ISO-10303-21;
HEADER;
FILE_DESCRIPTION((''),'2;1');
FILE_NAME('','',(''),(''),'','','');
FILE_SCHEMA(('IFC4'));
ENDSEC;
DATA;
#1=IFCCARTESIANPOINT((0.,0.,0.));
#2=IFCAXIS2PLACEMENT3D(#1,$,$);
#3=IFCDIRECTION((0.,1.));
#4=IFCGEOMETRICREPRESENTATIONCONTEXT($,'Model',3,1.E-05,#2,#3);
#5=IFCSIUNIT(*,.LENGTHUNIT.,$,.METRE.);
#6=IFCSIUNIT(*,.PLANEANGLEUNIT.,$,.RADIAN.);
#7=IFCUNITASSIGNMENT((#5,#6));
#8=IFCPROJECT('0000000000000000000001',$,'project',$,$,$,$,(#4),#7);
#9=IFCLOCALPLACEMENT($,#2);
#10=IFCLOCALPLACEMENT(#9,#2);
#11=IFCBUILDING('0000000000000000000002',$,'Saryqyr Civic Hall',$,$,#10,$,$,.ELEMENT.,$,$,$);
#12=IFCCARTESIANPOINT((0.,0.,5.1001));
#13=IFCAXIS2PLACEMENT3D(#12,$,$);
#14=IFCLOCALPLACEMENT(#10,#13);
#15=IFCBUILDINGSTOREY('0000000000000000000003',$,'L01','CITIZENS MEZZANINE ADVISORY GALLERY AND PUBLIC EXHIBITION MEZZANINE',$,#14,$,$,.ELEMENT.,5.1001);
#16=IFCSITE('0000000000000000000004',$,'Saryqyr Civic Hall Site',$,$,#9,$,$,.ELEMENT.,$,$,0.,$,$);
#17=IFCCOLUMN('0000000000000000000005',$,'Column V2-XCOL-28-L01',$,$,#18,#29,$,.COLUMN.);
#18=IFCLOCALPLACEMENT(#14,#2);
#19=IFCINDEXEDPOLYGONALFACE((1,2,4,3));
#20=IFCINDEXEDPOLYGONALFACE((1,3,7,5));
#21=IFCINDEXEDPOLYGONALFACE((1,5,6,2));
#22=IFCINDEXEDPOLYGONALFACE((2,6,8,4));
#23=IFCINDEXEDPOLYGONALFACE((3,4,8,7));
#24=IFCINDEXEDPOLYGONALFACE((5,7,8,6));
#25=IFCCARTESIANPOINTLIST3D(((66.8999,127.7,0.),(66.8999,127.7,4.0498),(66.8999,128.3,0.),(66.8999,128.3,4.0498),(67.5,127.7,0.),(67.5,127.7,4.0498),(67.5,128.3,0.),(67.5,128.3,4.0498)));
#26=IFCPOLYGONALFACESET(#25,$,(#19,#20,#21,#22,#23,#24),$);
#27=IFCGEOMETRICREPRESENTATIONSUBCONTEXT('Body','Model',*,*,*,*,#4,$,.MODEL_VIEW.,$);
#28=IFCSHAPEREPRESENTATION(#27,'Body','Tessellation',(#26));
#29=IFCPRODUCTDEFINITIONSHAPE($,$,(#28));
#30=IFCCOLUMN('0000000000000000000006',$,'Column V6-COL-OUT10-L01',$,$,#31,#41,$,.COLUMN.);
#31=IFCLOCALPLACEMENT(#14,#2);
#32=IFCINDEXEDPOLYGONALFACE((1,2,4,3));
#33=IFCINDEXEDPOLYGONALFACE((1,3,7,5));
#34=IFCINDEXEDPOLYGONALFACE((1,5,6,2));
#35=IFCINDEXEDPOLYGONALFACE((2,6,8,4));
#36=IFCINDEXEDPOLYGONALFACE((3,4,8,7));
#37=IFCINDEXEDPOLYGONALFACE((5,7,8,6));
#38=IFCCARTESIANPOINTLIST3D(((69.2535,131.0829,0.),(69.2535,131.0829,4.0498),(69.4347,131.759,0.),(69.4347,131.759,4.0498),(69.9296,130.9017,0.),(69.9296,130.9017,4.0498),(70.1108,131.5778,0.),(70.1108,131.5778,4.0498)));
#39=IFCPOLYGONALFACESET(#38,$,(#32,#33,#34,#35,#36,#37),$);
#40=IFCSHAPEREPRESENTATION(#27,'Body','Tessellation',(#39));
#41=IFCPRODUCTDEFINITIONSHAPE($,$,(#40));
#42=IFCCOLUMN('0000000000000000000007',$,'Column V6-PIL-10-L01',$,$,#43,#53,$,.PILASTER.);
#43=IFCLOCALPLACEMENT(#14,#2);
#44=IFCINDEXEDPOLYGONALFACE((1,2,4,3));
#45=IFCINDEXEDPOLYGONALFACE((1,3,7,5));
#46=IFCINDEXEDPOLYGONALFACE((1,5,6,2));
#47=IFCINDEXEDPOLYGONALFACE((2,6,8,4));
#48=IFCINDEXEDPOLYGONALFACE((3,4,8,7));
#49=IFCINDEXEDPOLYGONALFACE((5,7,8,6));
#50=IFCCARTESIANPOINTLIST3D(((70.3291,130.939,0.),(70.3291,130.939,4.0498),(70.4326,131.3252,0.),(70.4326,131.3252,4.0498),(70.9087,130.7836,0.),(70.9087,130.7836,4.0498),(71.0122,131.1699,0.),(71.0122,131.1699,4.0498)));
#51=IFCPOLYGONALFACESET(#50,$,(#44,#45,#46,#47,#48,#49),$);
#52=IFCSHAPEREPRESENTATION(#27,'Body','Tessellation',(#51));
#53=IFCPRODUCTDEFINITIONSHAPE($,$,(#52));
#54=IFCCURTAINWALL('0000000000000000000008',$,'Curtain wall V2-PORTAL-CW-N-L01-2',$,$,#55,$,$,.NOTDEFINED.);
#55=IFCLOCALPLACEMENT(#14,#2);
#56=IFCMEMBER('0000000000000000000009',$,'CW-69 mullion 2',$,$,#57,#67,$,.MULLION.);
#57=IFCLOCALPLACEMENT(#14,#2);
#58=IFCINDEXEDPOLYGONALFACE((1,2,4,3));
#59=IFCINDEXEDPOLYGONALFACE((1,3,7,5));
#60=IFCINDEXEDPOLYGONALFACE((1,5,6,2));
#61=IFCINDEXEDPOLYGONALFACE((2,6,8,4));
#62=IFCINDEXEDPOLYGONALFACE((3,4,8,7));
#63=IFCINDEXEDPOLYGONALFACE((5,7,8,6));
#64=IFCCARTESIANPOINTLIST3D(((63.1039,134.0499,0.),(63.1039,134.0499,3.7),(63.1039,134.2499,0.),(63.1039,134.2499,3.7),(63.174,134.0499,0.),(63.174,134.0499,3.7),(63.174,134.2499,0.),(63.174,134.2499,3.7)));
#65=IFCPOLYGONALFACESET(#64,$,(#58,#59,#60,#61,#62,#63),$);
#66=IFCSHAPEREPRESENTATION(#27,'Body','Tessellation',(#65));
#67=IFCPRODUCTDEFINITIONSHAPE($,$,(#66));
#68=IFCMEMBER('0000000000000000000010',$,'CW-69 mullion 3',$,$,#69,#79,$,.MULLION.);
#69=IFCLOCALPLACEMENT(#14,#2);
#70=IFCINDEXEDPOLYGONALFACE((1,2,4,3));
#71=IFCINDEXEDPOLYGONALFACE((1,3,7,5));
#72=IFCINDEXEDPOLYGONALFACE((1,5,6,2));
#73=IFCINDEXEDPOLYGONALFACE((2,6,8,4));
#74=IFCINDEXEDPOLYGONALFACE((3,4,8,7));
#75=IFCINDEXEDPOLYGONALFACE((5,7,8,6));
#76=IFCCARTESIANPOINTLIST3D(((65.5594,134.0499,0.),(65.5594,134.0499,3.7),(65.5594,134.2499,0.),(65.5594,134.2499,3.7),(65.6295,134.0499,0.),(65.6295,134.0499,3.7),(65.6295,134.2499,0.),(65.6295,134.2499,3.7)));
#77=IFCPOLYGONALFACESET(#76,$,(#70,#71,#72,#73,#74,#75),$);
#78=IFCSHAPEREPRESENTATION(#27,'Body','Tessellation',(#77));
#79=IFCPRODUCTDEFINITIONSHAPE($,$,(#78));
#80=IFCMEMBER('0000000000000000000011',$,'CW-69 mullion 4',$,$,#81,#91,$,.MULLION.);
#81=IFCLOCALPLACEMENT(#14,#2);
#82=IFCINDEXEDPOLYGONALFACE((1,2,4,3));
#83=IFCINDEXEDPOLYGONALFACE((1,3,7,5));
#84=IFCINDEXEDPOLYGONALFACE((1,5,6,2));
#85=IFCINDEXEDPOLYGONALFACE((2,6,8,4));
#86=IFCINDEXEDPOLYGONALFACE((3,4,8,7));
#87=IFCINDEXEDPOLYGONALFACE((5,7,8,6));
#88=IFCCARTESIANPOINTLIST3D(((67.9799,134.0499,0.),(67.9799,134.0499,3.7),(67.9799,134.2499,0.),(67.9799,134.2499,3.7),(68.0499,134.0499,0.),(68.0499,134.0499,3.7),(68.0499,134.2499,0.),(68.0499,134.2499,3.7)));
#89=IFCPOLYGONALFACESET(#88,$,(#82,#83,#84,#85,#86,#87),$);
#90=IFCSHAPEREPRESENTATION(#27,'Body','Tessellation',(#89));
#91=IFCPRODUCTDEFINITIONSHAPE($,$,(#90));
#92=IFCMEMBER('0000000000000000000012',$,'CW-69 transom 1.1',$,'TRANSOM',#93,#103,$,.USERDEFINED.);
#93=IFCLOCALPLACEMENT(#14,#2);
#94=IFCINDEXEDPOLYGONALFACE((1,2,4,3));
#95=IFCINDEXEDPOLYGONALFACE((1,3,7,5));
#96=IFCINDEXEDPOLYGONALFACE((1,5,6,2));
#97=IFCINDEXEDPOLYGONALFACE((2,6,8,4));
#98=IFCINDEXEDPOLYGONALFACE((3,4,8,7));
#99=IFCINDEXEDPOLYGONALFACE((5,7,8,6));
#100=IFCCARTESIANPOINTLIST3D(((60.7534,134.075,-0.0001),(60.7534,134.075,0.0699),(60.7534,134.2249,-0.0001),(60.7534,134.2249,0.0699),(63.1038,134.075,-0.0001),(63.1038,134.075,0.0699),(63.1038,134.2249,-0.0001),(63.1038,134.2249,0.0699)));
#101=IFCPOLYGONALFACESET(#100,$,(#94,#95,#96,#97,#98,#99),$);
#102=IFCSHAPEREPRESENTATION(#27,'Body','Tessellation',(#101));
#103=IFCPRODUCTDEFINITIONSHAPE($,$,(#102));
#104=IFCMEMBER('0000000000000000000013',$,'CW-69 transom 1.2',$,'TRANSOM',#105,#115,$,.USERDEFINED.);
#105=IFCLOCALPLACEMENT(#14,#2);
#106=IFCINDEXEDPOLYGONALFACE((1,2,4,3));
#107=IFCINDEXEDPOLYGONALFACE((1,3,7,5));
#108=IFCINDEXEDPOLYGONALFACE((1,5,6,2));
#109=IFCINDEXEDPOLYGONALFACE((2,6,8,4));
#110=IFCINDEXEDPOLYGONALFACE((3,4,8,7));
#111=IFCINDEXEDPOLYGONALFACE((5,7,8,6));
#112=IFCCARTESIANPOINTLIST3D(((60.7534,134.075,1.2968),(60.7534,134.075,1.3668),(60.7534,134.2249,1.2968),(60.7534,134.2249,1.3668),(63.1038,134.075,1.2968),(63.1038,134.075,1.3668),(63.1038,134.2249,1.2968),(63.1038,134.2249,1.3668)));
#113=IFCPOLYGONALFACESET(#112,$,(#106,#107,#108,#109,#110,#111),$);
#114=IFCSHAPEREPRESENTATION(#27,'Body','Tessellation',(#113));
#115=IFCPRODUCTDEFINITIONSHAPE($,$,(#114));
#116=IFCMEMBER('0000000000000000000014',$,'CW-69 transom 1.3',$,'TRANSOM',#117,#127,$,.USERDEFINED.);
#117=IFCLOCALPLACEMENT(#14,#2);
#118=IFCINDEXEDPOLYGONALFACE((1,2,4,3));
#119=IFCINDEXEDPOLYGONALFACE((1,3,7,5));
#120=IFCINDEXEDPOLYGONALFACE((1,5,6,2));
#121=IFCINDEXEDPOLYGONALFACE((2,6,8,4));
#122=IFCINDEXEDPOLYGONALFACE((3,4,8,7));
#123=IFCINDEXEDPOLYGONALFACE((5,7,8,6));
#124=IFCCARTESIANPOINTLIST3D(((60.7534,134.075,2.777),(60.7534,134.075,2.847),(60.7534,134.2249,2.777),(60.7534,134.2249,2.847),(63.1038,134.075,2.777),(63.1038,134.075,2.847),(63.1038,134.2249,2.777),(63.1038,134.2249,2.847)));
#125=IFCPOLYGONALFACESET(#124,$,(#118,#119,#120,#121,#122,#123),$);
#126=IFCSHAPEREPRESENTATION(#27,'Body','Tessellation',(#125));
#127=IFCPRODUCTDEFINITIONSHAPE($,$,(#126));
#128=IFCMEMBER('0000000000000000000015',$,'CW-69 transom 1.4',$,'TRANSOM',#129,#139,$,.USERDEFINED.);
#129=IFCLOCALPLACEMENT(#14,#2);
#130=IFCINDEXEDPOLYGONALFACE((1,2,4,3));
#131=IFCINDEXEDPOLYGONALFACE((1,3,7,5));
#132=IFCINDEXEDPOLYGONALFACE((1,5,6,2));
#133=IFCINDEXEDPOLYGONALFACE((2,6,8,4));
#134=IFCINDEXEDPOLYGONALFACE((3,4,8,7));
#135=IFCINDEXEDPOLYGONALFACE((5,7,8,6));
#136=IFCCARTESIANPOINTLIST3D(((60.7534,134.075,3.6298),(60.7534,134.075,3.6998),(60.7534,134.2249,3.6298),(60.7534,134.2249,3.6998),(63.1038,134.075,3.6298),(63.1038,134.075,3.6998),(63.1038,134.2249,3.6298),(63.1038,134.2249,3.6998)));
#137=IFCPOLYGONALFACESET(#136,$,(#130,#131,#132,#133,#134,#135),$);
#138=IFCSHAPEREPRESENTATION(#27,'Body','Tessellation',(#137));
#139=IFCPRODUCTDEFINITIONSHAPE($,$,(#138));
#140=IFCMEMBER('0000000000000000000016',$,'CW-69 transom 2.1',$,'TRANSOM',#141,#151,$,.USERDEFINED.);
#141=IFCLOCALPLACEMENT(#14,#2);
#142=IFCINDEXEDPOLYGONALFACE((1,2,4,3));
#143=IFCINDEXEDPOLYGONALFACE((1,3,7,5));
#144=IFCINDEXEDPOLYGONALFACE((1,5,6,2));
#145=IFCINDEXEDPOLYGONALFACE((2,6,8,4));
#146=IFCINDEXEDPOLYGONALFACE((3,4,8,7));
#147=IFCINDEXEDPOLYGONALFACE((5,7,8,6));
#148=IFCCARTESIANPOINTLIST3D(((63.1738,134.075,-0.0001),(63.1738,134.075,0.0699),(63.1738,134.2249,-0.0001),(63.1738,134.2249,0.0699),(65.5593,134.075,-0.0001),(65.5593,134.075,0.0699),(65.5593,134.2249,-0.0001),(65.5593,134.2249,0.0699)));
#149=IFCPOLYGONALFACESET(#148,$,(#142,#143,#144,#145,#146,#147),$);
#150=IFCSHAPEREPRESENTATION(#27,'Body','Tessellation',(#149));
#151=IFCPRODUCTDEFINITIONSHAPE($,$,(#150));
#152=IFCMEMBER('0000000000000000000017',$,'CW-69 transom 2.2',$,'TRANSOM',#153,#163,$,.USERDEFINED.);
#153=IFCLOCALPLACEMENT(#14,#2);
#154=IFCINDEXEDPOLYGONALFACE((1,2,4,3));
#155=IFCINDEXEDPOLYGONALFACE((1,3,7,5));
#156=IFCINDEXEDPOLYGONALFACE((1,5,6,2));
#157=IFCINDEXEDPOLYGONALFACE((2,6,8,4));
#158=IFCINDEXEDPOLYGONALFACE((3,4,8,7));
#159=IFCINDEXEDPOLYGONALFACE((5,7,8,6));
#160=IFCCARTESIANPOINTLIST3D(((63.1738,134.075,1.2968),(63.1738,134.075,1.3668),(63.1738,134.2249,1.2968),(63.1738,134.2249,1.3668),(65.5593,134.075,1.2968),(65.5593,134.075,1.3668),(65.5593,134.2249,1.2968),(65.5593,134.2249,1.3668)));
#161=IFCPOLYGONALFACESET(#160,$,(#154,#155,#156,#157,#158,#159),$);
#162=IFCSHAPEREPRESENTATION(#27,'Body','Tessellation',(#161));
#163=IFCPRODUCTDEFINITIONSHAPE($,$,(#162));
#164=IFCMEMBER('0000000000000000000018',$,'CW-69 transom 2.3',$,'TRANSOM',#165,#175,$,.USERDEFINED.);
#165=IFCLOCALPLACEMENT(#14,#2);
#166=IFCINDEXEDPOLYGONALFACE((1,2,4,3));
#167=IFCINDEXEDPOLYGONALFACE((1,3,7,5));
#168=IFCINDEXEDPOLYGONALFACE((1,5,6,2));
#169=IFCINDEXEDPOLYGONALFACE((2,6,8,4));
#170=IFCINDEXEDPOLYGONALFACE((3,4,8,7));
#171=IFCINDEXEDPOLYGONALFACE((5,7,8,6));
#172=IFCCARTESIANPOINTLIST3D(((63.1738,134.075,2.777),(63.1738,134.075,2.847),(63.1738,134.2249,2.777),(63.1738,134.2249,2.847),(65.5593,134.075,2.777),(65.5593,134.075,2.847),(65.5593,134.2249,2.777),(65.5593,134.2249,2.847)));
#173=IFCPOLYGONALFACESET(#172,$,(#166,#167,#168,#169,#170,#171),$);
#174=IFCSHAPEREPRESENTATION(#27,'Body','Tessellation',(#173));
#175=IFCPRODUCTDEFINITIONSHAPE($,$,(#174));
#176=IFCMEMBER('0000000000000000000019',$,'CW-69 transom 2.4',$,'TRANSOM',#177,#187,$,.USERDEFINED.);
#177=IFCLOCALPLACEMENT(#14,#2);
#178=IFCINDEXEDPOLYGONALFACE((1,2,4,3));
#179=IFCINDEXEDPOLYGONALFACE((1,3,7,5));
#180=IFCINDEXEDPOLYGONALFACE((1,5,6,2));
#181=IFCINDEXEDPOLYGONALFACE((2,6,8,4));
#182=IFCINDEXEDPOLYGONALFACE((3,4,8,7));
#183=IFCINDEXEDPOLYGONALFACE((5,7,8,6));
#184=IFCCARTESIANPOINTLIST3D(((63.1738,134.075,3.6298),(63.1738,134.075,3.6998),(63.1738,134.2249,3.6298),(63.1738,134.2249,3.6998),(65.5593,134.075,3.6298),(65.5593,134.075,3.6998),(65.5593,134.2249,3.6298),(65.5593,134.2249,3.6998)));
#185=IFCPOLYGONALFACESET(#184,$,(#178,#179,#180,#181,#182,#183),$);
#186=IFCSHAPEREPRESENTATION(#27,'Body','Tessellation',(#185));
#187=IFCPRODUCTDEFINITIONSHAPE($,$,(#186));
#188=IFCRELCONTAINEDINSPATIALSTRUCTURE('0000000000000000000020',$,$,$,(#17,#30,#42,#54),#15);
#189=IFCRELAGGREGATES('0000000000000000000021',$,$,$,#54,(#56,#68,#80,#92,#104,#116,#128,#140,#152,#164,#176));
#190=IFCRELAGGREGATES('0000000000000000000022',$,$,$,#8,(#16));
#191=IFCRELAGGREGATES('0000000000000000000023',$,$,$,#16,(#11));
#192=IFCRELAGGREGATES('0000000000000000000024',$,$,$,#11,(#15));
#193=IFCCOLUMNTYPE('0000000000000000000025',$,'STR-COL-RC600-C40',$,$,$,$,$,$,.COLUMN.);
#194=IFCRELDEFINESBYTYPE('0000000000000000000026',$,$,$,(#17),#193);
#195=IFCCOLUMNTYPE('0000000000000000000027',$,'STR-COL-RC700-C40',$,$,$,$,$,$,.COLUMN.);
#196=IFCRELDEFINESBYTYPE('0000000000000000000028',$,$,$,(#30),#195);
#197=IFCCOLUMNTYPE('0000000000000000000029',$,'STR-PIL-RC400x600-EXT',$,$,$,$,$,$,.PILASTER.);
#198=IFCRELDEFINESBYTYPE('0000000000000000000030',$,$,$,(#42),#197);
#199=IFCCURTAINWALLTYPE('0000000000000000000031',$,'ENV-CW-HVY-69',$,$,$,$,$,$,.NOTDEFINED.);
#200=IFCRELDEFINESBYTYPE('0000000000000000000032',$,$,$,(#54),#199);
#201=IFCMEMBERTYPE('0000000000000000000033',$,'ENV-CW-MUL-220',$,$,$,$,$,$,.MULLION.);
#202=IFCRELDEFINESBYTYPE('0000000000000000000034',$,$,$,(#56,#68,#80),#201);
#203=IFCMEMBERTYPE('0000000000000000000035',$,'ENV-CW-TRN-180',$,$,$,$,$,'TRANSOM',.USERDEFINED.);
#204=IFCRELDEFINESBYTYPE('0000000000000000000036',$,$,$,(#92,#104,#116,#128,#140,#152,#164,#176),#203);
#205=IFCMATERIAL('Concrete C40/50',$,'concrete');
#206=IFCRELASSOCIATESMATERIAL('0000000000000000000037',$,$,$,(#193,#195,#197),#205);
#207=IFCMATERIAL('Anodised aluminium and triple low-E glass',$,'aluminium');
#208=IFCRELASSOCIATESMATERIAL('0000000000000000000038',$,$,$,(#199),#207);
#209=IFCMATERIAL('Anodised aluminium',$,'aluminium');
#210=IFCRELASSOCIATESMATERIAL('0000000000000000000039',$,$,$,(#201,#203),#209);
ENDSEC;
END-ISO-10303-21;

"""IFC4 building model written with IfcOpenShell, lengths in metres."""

from ifc_helpers import new_model, si_unit, direction, frame, origin, origin_2d, place, context, subcontext, project, spatial, rectangle, extrude, material, material_profile, profile_set, type_object, element, aggregate, save


model = new_model("IFC4")

# Units and contexts
model_context = context("Model", 3, precision=1e-05, world=origin(), true_north=direction((0.0, 1.0)))
body_context = subcontext(model_context, "Body", "Model", "MODEL_VIEW")
ifc_project = project(units=[si_unit("LENGTHUNIT", "METRE"), si_unit("PLANEANGLEUNIT", "RADIAN")], contexts=[model_context])

# Site, building, storey
site_placement = place(None, origin())
site = spatial("IfcSite", under=ifc_project, at=site_placement, Name="Saryqyr Civic Hall Site", CompositionType="ELEMENT", RefElevation=0.0)
building_placement = place(site_placement, origin())
building = spatial("IfcBuilding", under=site, at=building_placement, Name="Saryqyr Civic Hall", CompositionType="ELEMENT")
storey_placement = place(building_placement, frame((0.0, 0.0, 5.1001)))
storey = spatial("IfcBuildingStorey", under=building, at=storey_placement, Name="L01", Description="CITIZENS MEZZANINE ADVISORY GALLERY AND PUBLIC EXHIBITION MEZZANINE", CompositionType="ELEMENT", Elevation=5.1001)

# Columns
ifc_material_1 = material(Name="Concrete C40/50", Category="concrete")
ifc_material_profile_1 = material_profile(ifc_material_1, rectangle(XDim=0.6001, YDim=0.6001, at=origin_2d()), Name="RC 600x600")
ifc_profile_set_1 = profile_set([ifc_material_profile_1], Name="Concrete C40/50")
column_type_1 = type_object("IfcColumnType", Name="STR-COL-RC600-C40", PredefinedType="COLUMN", material=ifc_profile_set_1)
column_1_placement = place(storey_placement, frame((67.2, 128.0, 0.0), z_axis=(0.0, 0.0, 1.0), x_axis=(1.0, 0.0, 0.0)))
element("IfcColumn", 1, at=column_1_placement, inside=storey, type_object=column_type_1, Name="Column V2-XCOL-28-L01", PredefinedType="COLUMN", context=body_context, shape_type="SweptSolid", body=[
    extrude(rectangle(XDim=0.6001, YDim=0.6001, at=origin_2d()), origin(), (0.0, 0.0, 1.0), 4.0498),
])
ifc_material_profile_2 = material_profile(ifc_material_1, rectangle(XDim=0.7, YDim=0.7, at=origin_2d()), Name="RC 700x700")
ifc_profile_set_2 = profile_set([ifc_material_profile_2], Name="Concrete C40/50")
column_type_2 = type_object("IfcColumnType", Name="STR-COL-RC700-C40", PredefinedType="COLUMN", material=ifc_profile_set_2)
column_2_placement = place(storey_placement, frame((69.6821, 131.3303, 0.0), z_axis=(0.0, 0.0, 1.0), x_axis=(0.258819, 0.965926, 0.0)))
element("IfcColumn", 2, at=column_2_placement, inside=storey, type_object=column_type_2, Name="Column V6-COL-OUT10-L01", PredefinedType="COLUMN", context=body_context, shape_type="SweptSolid", body=[
    extrude(rectangle(XDim=0.7, YDim=0.7, at=origin_2d()), origin(), (0.0, 0.0, 1.0), 4.0498),
])
ifc_material_profile_3 = material_profile(ifc_material_1, rectangle(XDim=0.3999, YDim=0.6001, at=origin_2d()), Name="RC 400x600")
ifc_profile_set_3 = profile_set([ifc_material_profile_3], Name="Concrete C40/50")
column_type_3 = type_object("IfcColumnType", Name="STR-PIL-RC400x600-EXT", PredefinedType="PILASTER", material=ifc_profile_set_3)
column_3_placement = place(storey_placement, frame((70.6707, 131.0544, 0.0), z_axis=(0.0, 0.0, 1.0), x_axis=(0.258819, 0.965926, 0.0)))
element("IfcColumn", 3, at=column_3_placement, inside=storey, type_object=column_type_3, Name="Column V6-PIL-10-L01", PredefinedType="PILASTER", context=body_context, shape_type="SweptSolid", body=[
    extrude(rectangle(XDim=0.3999, YDim=0.6001, at=origin_2d()), origin(), (0.0, 0.0, 1.0), 4.0498),
])

# Curtain wall, members
ifc_material_2 = material(Name="Anodised aluminium and triple low-E glass", Category="aluminium")
curtain_wall_type = type_object("IfcCurtainWallType", Name="ENV-CW-HVY-69", PredefinedType="NOTDEFINED", material=ifc_material_2)
curtain_wall_placement = place(storey_placement, origin())
curtain_wall = element("IfcCurtainWall", 4, at=curtain_wall_placement, inside=storey, type_object=curtain_wall_type, Name="Curtain wall V2-PORTAL-CW-N-L01-2", PredefinedType="NOTDEFINED")
ifc_material_3 = material(Name="Anodised aluminium", Category="aluminium")
ifc_material_profile_4 = material_profile(ifc_material_3, rectangle(XDim=0.0701, YDim=0.2, at=origin_2d()), Name="ALU MULLION 70x200")
ifc_profile_set_4 = profile_set([ifc_material_profile_4], Name="Anodised aluminium")
member_type_1 = type_object("IfcMemberType", Name="ENV-CW-MUL-220", PredefinedType="MULLION", material=ifc_profile_set_4)
member_1_placement = place(storey_placement, frame((63.1389, 134.1499, 0.0), z_axis=(0.0, 0.0, 1.0), x_axis=(1.0, 0.0, 0.0)))
member_1 = element("IfcMember", 5, at=member_1_placement, type_object=member_type_1, Name="CW-69 mullion 2", PredefinedType="MULLION", context=body_context, shape_type="SweptSolid", body=[
    extrude(rectangle(XDim=0.0701, YDim=0.2, at=origin_2d()), origin(), (0.0, 0.0, 1.0), 3.7),
])
member_2_placement = place(storey_placement, frame((65.5945, 134.1499, 0.0), z_axis=(0.0, 0.0, 1.0), x_axis=(1.0, 0.0, 0.0)))
member_2 = element("IfcMember", 6, at=member_2_placement, type_object=member_type_1, Name="CW-69 mullion 3", PredefinedType="MULLION", context=body_context, shape_type="SweptSolid", body=[
    extrude(rectangle(XDim=0.0701, YDim=0.2, at=origin_2d()), origin(), (0.0, 0.0, 1.0), 3.7),
])
member_3_placement = place(storey_placement, frame((68.0149, 134.1499, 0.0), z_axis=(0.0, 0.0, 1.0), x_axis=(1.0, 0.0, 0.0)))
member_3 = element("IfcMember", 7, at=member_3_placement, type_object=member_type_1, Name="CW-69 mullion 4", PredefinedType="MULLION", context=body_context, shape_type="SweptSolid", body=[
    extrude(rectangle(XDim=0.0701, YDim=0.2, at=origin_2d()), origin(), (0.0, 0.0, 1.0), 3.7),
])
ifc_material_profile_5 = material_profile(ifc_material_3, rectangle(XDim=0.1499, YDim=0.0701, at=origin_2d()), Name="ALU TRANSOM 150x70")
ifc_profile_set_5 = profile_set([ifc_material_profile_5], Name="Anodised aluminium")
member_type_2 = type_object("IfcMemberType", Name="ENV-CW-TRN-180", ElementType="TRANSOM", PredefinedType="USERDEFINED", material=ifc_profile_set_5)
member_4_placement = place(storey_placement, frame((60.7534, 134.1499, 0.0349), z_axis=(1.0, 0.0, 0.0), x_axis=(0.0, 1.0, 0.0)))
member_4 = element("IfcMember", 8, at=member_4_placement, type_object=member_type_2, Name="CW-69 transom 1.1", ObjectType="TRANSOM", PredefinedType="USERDEFINED", context=body_context, shape_type="SweptSolid", body=[
    extrude(rectangle(XDim=0.1499, YDim=0.0701, at=origin_2d()), origin(), (0.0, 0.0, 1.0), 2.3503),
])
member_5_placement = place(storey_placement, frame((60.7534, 134.1499, 1.3318), z_axis=(1.0, 0.0, 0.0), x_axis=(0.0, 1.0, 0.0)))
member_5 = element("IfcMember", 9, at=member_5_placement, type_object=member_type_2, Name="CW-69 transom 1.2", ObjectType="TRANSOM", PredefinedType="USERDEFINED", context=body_context, shape_type="SweptSolid", body=[
    extrude(rectangle(XDim=0.1499, YDim=0.0701, at=origin_2d()), origin(), (0.0, 0.0, 1.0), 2.3503),
])
member_6_placement = place(storey_placement, frame((60.7534, 134.1499, 2.812), z_axis=(1.0, 0.0, 0.0), x_axis=(0.0, 1.0, 0.0)))
member_6 = element("IfcMember", 10, at=member_6_placement, type_object=member_type_2, Name="CW-69 transom 1.3", ObjectType="TRANSOM", PredefinedType="USERDEFINED", context=body_context, shape_type="SweptSolid", body=[
    extrude(rectangle(XDim=0.1499, YDim=0.0701, at=origin_2d()), origin(), (0.0, 0.0, 1.0), 2.3503),
])
member_7_placement = place(storey_placement, frame((60.7534, 134.1499, 3.6648), z_axis=(1.0, 0.0, 0.0), x_axis=(0.0, 1.0, 0.0)))
member_7 = element("IfcMember", 11, at=member_7_placement, type_object=member_type_2, Name="CW-69 transom 1.4", ObjectType="TRANSOM", PredefinedType="USERDEFINED", context=body_context, shape_type="SweptSolid", body=[
    extrude(rectangle(XDim=0.1499, YDim=0.0701, at=origin_2d()), origin(), (0.0, 0.0, 1.0), 2.3503),
])
member_8_placement = place(storey_placement, frame((63.1738, 134.1499, 0.0349), z_axis=(1.0, 0.0, 0.0), x_axis=(0.0, 1.0, 0.0)))
member_8 = element("IfcMember", 12, at=member_8_placement, type_object=member_type_2, Name="CW-69 transom 2.1", ObjectType="TRANSOM", PredefinedType="USERDEFINED", context=body_context, shape_type="SweptSolid", body=[
    extrude(rectangle(XDim=0.1499, YDim=0.0701, at=origin_2d()), origin(), (0.0, 0.0, 1.0), 2.3855),
])
member_9_placement = place(storey_placement, frame((63.1738, 134.1499, 1.3318), z_axis=(1.0, 0.0, 0.0), x_axis=(0.0, 1.0, 0.0)))
member_9 = element("IfcMember", 13, at=member_9_placement, type_object=member_type_2, Name="CW-69 transom 2.2", ObjectType="TRANSOM", PredefinedType="USERDEFINED", context=body_context, shape_type="SweptSolid", body=[
    extrude(rectangle(XDim=0.1499, YDim=0.0701, at=origin_2d()), origin(), (0.0, 0.0, 1.0), 2.3855),
])
member_10_placement = place(storey_placement, frame((63.1738, 134.1499, 2.812), z_axis=(1.0, 0.0, 0.0), x_axis=(0.0, 1.0, 0.0)))
member_10 = element("IfcMember", 14, at=member_10_placement, type_object=member_type_2, Name="CW-69 transom 2.3", ObjectType="TRANSOM", PredefinedType="USERDEFINED", context=body_context, shape_type="SweptSolid", body=[
    extrude(rectangle(XDim=0.1499, YDim=0.0701, at=origin_2d()), origin(), (0.0, 0.0, 1.0), 2.3855),
])
member_11_placement = place(storey_placement, frame((63.1738, 134.1499, 3.6648), z_axis=(1.0, 0.0, 0.0), x_axis=(0.0, 1.0, 0.0)))
member_11 = element("IfcMember", 15, at=member_11_placement, type_object=member_type_2, Name="CW-69 transom 2.4", ObjectType="TRANSOM", PredefinedType="USERDEFINED", context=body_context, shape_type="SweptSolid", body=[
    extrude(rectangle(XDim=0.1499, YDim=0.0701, at=origin_2d()), origin(), (0.0, 0.0, 1.0), 2.3855),
])

aggregate(curtain_wall, [member_1, member_2, member_3, member_4, member_5, member_6, member_7, member_8, member_9, member_10, member_11])

save(model, "model.ifc")
